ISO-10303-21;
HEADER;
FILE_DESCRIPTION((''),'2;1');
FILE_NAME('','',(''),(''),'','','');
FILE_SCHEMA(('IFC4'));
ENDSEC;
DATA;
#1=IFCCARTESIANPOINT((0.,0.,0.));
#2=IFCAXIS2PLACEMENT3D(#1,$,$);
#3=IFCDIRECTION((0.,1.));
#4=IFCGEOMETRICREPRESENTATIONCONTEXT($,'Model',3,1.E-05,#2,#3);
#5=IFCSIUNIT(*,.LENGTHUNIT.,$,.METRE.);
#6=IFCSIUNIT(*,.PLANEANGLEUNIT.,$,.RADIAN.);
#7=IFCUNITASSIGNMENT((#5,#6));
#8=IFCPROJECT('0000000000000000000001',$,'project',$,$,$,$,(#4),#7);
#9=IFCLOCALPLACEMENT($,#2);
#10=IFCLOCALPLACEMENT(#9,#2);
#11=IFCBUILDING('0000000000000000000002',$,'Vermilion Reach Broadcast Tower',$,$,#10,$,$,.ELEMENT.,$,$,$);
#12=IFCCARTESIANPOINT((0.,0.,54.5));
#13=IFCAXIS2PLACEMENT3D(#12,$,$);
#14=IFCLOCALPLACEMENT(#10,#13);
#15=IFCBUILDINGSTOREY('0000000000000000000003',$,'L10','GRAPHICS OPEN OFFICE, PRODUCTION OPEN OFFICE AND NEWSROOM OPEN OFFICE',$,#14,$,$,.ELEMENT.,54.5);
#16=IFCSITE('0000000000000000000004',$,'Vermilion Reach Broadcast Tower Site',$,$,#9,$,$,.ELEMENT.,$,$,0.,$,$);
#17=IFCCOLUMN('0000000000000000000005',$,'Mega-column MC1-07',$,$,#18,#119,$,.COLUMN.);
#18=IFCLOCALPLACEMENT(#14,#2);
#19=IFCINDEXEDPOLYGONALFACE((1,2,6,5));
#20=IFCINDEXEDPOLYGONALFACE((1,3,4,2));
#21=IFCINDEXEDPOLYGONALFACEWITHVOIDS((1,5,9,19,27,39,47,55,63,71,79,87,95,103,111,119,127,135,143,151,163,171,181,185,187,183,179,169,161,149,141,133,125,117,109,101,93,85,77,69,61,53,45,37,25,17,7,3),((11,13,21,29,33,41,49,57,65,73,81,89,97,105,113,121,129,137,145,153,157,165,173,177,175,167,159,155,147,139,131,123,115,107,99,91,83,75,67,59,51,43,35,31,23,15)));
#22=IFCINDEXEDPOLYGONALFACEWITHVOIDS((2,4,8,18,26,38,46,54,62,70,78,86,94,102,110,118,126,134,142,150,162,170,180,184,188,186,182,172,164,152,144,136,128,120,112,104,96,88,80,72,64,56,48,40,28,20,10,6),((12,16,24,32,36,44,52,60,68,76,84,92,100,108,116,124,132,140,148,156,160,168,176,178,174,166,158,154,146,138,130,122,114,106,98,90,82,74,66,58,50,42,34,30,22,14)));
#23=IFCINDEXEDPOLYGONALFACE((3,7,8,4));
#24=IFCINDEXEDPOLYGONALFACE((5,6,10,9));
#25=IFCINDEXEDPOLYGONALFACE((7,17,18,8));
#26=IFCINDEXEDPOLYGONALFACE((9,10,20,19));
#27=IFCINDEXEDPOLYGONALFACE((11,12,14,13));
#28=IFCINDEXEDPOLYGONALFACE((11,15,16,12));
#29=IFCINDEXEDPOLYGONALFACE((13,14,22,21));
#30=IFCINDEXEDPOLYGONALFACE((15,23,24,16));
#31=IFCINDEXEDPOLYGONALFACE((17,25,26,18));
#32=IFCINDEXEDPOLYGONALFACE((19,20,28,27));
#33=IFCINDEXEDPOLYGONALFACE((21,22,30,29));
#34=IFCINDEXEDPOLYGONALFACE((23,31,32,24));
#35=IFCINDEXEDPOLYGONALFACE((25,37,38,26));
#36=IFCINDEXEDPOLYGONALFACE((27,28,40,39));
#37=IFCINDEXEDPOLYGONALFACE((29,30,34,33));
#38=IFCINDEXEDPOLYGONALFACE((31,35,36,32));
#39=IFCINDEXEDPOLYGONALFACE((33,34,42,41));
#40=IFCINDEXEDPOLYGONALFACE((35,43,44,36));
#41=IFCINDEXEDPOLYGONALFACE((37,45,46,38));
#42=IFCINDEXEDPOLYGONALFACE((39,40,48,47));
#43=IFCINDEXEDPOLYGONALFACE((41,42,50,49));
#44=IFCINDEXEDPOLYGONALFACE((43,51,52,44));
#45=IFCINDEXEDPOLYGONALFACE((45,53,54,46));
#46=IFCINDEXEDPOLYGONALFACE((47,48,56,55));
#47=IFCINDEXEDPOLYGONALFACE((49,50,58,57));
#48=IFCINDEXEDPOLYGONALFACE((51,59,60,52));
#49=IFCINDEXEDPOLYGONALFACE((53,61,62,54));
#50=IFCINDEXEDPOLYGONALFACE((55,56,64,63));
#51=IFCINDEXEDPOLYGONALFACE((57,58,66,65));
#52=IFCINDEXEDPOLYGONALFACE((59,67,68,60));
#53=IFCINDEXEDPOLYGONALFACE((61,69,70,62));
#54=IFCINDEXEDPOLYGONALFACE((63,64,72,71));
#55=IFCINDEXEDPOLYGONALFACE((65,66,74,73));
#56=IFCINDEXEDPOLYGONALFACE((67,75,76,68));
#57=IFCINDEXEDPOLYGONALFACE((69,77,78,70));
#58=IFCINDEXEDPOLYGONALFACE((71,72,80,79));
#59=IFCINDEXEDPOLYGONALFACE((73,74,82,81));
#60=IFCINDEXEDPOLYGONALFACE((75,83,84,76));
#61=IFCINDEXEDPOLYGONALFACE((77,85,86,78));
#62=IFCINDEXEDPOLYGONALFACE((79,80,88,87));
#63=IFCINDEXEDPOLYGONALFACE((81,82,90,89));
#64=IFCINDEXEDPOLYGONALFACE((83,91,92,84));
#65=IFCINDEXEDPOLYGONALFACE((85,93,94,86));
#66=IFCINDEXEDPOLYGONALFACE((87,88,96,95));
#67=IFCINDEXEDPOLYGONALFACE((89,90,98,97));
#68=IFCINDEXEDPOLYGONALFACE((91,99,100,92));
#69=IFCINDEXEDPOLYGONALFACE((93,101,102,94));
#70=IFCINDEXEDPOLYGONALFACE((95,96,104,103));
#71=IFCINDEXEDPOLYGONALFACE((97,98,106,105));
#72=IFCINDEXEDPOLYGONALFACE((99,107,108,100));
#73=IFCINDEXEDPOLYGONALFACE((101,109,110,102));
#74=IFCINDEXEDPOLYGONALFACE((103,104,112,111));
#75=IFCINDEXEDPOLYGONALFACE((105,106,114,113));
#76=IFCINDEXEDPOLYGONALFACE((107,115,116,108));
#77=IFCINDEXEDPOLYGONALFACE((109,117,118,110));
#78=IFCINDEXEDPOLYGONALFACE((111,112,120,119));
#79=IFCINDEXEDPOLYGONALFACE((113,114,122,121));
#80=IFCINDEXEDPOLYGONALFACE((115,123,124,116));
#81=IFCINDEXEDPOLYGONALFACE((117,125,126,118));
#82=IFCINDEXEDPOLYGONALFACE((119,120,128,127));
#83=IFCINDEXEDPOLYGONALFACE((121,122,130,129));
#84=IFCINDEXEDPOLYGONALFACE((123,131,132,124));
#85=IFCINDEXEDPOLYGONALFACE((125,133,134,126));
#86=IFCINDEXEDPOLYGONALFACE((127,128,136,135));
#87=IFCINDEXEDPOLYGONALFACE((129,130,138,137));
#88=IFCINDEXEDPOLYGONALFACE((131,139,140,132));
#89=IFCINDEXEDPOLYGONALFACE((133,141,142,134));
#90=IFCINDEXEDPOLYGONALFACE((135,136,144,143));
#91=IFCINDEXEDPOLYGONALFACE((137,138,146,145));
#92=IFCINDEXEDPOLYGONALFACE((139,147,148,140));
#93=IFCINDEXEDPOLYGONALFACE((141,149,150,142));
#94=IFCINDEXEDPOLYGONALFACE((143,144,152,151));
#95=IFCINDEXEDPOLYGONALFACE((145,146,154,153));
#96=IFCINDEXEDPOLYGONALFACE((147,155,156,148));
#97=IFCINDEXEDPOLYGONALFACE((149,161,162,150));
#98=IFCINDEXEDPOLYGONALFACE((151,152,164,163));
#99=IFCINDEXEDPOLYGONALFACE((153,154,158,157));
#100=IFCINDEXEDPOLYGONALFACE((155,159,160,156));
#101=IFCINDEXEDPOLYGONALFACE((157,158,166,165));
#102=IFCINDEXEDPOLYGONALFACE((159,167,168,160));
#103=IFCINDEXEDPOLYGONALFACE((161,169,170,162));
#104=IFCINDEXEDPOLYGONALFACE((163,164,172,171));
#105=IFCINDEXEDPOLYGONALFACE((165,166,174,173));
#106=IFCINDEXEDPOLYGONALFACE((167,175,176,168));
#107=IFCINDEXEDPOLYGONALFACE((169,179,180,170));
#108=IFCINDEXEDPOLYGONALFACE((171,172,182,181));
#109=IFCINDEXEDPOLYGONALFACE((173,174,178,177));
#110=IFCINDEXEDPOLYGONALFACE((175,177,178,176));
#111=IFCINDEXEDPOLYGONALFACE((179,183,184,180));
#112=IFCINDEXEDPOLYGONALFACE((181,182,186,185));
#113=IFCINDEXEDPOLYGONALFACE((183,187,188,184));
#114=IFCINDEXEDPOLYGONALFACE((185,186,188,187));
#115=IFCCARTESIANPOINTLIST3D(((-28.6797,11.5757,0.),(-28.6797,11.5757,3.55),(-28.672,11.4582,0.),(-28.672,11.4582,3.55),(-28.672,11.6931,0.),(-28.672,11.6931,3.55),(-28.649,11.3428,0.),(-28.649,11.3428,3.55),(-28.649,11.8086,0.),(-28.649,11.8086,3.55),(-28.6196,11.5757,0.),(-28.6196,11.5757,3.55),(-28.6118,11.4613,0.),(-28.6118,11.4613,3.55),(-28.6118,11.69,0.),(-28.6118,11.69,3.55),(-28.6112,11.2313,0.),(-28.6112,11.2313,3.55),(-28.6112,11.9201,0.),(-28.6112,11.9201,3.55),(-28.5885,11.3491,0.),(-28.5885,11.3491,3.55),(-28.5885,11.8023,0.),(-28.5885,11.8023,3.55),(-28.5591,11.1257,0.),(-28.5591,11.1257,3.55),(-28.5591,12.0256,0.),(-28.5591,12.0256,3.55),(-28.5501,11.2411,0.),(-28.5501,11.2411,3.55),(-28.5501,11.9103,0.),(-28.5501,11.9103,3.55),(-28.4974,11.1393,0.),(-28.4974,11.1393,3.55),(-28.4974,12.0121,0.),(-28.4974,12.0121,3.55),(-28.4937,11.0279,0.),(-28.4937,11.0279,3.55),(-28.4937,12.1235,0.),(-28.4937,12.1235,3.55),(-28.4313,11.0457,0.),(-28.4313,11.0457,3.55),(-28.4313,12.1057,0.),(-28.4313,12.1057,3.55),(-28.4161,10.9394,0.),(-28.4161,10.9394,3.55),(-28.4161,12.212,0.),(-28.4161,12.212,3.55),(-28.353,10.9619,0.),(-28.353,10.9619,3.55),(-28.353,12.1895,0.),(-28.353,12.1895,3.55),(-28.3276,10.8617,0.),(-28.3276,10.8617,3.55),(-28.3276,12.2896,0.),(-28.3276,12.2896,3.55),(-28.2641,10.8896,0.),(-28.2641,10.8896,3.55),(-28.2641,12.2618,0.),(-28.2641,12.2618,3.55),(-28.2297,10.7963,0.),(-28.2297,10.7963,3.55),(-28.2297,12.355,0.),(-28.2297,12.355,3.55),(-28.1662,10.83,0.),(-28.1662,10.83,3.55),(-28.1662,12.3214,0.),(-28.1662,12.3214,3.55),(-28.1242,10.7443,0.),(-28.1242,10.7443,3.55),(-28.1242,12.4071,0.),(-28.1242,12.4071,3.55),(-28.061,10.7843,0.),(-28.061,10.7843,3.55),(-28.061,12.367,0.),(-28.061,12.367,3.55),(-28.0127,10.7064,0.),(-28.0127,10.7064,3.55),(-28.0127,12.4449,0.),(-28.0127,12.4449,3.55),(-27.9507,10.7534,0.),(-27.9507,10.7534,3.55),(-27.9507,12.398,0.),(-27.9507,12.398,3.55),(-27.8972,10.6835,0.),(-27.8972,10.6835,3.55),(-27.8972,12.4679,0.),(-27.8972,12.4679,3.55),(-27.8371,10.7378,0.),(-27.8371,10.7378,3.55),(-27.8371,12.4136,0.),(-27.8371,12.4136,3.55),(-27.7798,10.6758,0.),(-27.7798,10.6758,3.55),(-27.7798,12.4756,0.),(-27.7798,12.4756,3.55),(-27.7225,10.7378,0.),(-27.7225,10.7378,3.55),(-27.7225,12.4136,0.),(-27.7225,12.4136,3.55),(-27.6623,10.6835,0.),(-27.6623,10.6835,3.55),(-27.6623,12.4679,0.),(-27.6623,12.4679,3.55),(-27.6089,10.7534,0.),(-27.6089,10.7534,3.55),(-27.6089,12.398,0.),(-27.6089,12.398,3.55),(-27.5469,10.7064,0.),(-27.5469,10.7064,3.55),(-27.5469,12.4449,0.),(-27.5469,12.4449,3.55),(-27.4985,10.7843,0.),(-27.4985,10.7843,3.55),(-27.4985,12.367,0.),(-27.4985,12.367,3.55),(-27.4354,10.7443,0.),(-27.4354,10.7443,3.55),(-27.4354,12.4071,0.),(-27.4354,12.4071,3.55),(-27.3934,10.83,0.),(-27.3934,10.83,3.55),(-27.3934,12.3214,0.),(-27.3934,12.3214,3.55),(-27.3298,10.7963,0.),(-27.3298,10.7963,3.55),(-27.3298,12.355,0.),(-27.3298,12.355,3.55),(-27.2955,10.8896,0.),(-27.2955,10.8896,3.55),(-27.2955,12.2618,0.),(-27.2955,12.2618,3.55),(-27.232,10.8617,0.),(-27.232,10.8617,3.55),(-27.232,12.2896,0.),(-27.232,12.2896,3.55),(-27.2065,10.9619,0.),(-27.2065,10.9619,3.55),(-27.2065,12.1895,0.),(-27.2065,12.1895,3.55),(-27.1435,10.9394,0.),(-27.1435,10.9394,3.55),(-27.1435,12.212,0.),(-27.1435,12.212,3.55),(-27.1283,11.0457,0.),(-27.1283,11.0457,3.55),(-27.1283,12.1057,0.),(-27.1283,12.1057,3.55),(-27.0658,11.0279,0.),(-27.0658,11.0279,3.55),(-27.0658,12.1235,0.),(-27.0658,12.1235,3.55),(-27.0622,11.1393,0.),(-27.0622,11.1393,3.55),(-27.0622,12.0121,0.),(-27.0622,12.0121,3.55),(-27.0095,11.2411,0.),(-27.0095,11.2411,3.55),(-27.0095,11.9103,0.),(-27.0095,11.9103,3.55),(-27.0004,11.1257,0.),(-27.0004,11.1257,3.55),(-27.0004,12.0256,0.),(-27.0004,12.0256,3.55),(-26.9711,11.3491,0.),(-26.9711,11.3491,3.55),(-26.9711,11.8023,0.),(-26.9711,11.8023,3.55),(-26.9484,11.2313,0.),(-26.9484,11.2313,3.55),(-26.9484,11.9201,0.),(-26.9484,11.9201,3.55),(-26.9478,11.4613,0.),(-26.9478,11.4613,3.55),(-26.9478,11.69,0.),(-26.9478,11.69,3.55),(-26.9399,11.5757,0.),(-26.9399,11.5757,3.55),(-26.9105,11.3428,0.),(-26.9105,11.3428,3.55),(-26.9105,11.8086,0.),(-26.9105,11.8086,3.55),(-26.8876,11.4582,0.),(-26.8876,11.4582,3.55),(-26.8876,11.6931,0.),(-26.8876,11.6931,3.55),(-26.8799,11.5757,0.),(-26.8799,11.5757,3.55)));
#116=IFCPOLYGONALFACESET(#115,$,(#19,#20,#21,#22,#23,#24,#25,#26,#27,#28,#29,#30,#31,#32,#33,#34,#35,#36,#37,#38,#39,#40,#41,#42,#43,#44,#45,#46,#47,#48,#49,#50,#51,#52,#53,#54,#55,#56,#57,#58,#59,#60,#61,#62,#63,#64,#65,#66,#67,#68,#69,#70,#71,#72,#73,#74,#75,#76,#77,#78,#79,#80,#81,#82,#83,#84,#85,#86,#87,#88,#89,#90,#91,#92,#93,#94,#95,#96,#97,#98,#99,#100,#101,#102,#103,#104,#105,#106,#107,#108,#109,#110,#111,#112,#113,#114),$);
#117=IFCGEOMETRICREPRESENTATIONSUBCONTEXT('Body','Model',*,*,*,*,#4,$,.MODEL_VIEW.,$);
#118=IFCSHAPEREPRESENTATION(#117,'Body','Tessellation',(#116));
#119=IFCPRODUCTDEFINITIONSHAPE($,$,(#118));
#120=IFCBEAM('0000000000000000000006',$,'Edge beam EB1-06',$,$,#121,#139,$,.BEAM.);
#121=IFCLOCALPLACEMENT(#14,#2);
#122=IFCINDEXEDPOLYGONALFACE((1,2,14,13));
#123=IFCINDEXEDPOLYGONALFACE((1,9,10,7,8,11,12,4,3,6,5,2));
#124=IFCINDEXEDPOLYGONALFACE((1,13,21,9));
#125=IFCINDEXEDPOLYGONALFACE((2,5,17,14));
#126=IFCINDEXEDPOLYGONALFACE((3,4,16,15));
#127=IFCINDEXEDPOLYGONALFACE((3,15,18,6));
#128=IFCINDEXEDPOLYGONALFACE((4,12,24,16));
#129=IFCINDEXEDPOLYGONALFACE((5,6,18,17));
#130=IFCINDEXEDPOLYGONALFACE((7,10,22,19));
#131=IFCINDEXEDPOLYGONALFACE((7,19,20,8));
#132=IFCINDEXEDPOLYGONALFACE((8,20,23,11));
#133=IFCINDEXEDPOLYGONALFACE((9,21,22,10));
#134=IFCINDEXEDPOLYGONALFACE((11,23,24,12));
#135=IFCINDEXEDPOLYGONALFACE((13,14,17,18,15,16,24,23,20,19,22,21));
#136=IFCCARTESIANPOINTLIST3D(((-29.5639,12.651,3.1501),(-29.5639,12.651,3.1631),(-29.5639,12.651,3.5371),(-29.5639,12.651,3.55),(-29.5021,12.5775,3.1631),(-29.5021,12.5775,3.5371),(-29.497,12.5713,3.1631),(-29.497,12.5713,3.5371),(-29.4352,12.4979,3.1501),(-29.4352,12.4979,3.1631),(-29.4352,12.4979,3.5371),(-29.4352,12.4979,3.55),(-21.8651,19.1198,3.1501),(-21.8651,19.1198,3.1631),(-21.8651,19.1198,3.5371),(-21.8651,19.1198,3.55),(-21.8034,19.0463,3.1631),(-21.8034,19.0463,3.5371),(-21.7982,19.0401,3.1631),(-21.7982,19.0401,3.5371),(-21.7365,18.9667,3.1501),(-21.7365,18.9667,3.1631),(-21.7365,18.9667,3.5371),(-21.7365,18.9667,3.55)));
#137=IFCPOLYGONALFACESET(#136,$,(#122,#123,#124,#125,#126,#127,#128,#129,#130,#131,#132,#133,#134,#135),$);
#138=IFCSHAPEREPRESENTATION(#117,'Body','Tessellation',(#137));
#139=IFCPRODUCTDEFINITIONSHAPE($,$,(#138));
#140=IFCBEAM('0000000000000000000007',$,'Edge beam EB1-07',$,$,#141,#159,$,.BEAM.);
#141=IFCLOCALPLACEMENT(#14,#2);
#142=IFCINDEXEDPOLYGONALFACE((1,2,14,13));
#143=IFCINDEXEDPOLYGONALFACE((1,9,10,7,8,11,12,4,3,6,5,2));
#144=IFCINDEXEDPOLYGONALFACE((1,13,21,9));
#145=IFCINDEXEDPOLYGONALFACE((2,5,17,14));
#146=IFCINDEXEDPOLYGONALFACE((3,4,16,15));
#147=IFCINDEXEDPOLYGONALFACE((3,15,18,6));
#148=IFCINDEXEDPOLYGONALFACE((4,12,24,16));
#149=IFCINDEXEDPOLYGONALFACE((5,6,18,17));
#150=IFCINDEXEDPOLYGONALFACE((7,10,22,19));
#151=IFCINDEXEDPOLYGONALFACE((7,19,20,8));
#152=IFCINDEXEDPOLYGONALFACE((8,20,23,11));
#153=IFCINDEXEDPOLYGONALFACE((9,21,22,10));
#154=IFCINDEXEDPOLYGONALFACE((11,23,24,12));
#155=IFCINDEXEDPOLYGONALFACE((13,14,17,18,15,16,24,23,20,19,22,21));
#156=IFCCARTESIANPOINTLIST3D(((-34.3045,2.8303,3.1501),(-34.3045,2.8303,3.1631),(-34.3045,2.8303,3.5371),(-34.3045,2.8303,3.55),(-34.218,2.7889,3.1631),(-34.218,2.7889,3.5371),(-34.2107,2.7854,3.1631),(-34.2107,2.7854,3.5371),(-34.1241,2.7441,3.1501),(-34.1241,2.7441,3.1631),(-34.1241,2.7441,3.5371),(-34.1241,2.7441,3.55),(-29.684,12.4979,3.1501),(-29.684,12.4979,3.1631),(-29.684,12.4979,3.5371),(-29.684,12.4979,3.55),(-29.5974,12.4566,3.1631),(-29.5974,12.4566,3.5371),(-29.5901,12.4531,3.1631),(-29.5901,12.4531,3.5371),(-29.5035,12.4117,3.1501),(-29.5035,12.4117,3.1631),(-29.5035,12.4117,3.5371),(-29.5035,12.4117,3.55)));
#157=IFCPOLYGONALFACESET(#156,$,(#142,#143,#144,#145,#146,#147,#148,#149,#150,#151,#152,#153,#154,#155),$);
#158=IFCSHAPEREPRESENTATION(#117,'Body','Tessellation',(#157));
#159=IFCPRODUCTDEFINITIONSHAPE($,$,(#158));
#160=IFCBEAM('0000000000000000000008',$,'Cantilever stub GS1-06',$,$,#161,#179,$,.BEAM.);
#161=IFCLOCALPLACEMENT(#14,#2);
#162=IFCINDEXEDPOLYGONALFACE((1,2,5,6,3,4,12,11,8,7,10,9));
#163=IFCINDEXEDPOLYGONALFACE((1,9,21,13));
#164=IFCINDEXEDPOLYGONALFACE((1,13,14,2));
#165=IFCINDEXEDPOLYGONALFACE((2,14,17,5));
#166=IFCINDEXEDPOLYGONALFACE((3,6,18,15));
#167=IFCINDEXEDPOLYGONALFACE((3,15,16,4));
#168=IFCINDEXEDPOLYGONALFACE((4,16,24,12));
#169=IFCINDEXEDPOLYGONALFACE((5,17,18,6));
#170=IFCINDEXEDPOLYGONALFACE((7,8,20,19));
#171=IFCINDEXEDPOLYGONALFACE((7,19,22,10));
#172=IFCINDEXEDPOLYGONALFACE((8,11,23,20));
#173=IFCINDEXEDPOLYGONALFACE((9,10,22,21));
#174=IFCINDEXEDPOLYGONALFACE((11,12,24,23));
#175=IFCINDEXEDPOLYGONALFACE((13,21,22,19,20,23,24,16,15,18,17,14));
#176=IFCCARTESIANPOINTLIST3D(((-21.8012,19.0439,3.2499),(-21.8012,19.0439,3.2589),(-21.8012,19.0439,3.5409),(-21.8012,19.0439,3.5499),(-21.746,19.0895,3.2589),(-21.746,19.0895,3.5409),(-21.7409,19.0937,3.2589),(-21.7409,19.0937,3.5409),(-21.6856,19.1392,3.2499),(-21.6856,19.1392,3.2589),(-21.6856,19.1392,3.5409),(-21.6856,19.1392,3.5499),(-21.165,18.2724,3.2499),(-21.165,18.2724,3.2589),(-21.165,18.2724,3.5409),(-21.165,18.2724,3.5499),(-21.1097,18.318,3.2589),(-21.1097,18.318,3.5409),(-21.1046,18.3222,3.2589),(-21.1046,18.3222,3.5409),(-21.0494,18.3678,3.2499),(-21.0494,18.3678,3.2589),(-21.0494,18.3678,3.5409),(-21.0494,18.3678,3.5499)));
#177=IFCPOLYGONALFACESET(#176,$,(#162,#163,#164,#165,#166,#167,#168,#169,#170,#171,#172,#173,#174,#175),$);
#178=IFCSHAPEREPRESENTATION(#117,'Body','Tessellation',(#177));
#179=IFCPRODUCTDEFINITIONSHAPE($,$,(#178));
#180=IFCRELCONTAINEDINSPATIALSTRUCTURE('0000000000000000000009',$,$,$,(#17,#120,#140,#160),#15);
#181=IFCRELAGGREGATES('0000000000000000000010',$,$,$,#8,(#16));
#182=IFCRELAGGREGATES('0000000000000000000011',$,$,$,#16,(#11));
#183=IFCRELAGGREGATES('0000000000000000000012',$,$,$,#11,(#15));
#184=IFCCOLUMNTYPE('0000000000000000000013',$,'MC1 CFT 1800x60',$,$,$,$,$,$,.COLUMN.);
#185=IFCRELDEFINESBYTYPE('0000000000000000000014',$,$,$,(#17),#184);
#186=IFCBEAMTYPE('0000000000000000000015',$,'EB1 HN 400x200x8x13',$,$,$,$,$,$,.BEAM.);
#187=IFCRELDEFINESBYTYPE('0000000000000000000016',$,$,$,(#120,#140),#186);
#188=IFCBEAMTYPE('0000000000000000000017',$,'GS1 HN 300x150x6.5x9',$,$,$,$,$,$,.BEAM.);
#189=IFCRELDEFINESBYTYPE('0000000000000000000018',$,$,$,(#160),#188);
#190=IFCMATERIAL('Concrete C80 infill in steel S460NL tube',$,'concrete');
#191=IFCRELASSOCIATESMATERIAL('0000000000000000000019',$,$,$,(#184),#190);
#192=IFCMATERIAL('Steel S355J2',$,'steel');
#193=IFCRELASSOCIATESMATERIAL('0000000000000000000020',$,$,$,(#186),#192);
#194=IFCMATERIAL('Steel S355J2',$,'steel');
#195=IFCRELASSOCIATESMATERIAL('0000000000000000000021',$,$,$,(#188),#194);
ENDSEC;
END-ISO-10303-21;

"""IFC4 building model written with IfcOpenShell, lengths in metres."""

from ifc_helpers import new_model, si_unit, direction, frame, origin, origin_2d, place, context, subcontext, project, spatial, hollow_circle, i_section, extrude, material, material_profile, profile_set, type_object, element, save


model = new_model("IFC4")

# Units and contexts
model_context = context("Model", 3, precision=1e-05, world=origin(), true_north=direction((0.0, 1.0)))
body_context = subcontext(model_context, "Body", "Model", "MODEL_VIEW")
ifc_project = project(units=[si_unit("LENGTHUNIT", "METRE"), si_unit("PLANEANGLEUNIT", "RADIAN")], contexts=[model_context])

# Site, building, storey
site_placement = place(None, origin())
site = spatial("IfcSite", under=ifc_project, at=site_placement, Name="Vermilion Reach Broadcast Tower Site", CompositionType="ELEMENT", RefElevation=0.0)
building_placement = place(site_placement, origin())
building = spatial("IfcBuilding", under=site, at=building_placement, Name="Vermilion Reach Broadcast Tower", CompositionType="ELEMENT")
storey_placement = place(building_placement, frame((0.0, 0.0, 54.5)))
storey = spatial("IfcBuildingStorey", under=building, at=storey_placement, Name="L10", Description="GRAPHICS OPEN OFFICE, PRODUCTION OPEN OFFICE AND NEWSROOM OPEN OFFICE", CompositionType="ELEMENT", Elevation=54.5)

# Column
ifc_material_1 = material(Name="Concrete C80 infill in steel S460NL tube", Category="concrete")
ifc_material_profile_1 = material_profile(ifc_material_1, hollow_circle(Radius=0.8999, WallThickness=0.0601, at=origin_2d()), Name="Concrete C80 infill in steel S460NL tube CFT 1800x60")
ifc_profile_set_1 = profile_set([ifc_material_profile_1], Name="Concrete C80 infill in steel S460NL tube")
column_type = type_object("IfcColumnType", Name="MC1 CFT 1800x60", PredefinedType="COLUMN", material=ifc_profile_set_1)
for number, where, z_axis, x_axis, name in (
    (1, (-27.7798, 11.5757, 0.0), (0.0, 0.0, 1.0), (1.0, 0.0, 0.0), "Mega-column MC1-07"),
):
    element("IfcColumn", number, at=place(storey_placement, frame(where, z_axis=z_axis, x_axis=x_axis)), inside=storey, type_object=column_type, Name=name, PredefinedType="COLUMN", context=body_context, shape_type="SweptSolid", body=[
        extrude(hollow_circle(Radius=0.8999, WallThickness=0.0601, at=origin_2d()), origin(), (0.0, 0.0, 1.0), 3.55),
    ])

# Beams
ifc_material_2 = material(Name="Steel S355J2", Category="steel")
ifc_material_profile_2 = material_profile(ifc_material_2, i_section(OverallWidth=0.2, OverallDepth=0.3999, WebThickness=0.0081, FlangeThickness=0.0129, at=origin_2d()), Name="S355J2 HN 400x200x8x13")
ifc_profile_set_2 = profile_set([ifc_material_profile_2], Name="Steel S355J2")
beam_type_1 = type_object("IfcBeamType", Name="EB1 HN 400x200x8x13", PredefinedType="BEAM", material=ifc_profile_set_2)
beam_1_placement = place(storey_placement, frame((-21.8008, 19.0432, 3.3501), z_axis=(-0.765616, -0.643298, 0.0), x_axis=(0.643298, -0.765616, 0.0)))
element("IfcBeam", 2, at=beam_1_placement, inside=storey, type_object=beam_type_1, Name="Edge beam EB1-06", PredefinedType="BEAM", context=body_context, shape_type="SweptSolid", body=[
    extrude(i_section(OverallWidth=0.2, OverallDepth=0.3999, WebThickness=0.0081, FlangeThickness=0.0129, at=origin_2d()), origin(), (0.0, 0.0, 1.0), 10.0557),
])
beam_2_placement = place(storey_placement, frame((-29.5938, 12.4548, 3.3501), z_axis=(-0.431221, -0.902246, 0.0), x_axis=(0.902246, -0.431221, 0.0)))
element("IfcBeam", 3, at=beam_2_placement, inside=storey, type_object=beam_type_1, Name="Edge beam EB1-07", PredefinedType="BEAM", context=body_context, shape_type="SweptSolid", body=[
    extrude(i_section(OverallWidth=0.2, OverallDepth=0.3999, WebThickness=0.0081, FlangeThickness=0.0129, at=origin_2d()), origin(), (0.0, 0.0, 1.0), 10.7151),
])
ifc_material_3 = material(Name="Steel S355J2", Category="steel")
ifc_material_profile_3 = material_profile(ifc_material_3, i_section(OverallWidth=0.1499, OverallDepth=0.3, WebThickness=0.0066, FlangeThickness=0.009, at=origin_2d()), Name="S355J2 HN 300x150x6.5x9")
ifc_profile_set_3 = profile_set([ifc_material_profile_3], Name="Steel S355J2")
beam_type_2 = type_object("IfcBeamType", Name="GS1 HN 300x150x6.5x9", PredefinedType="BEAM", material=ifc_profile_set_3)
beam_3_placement = place(storey_placement, frame((-21.1072, 18.3201, 3.3999), z_axis=(-0.636238, 0.771493, 0.0), x_axis=(-0.771493, -0.636238, 0.0)))
element("IfcBeam", 4, at=beam_3_placement, inside=storey, type_object=beam_type_2, Name="Cantilever stub GS1-06", PredefinedType="BEAM", context=body_context, shape_type="SweptSolid", body=[
    extrude(i_section(OverallWidth=0.1499, OverallDepth=0.3, WebThickness=0.0066, FlangeThickness=0.009, at=origin_2d()), origin(), (0.0, 0.0, 1.0), 1.0),
])

save(model, "model.ifc")
